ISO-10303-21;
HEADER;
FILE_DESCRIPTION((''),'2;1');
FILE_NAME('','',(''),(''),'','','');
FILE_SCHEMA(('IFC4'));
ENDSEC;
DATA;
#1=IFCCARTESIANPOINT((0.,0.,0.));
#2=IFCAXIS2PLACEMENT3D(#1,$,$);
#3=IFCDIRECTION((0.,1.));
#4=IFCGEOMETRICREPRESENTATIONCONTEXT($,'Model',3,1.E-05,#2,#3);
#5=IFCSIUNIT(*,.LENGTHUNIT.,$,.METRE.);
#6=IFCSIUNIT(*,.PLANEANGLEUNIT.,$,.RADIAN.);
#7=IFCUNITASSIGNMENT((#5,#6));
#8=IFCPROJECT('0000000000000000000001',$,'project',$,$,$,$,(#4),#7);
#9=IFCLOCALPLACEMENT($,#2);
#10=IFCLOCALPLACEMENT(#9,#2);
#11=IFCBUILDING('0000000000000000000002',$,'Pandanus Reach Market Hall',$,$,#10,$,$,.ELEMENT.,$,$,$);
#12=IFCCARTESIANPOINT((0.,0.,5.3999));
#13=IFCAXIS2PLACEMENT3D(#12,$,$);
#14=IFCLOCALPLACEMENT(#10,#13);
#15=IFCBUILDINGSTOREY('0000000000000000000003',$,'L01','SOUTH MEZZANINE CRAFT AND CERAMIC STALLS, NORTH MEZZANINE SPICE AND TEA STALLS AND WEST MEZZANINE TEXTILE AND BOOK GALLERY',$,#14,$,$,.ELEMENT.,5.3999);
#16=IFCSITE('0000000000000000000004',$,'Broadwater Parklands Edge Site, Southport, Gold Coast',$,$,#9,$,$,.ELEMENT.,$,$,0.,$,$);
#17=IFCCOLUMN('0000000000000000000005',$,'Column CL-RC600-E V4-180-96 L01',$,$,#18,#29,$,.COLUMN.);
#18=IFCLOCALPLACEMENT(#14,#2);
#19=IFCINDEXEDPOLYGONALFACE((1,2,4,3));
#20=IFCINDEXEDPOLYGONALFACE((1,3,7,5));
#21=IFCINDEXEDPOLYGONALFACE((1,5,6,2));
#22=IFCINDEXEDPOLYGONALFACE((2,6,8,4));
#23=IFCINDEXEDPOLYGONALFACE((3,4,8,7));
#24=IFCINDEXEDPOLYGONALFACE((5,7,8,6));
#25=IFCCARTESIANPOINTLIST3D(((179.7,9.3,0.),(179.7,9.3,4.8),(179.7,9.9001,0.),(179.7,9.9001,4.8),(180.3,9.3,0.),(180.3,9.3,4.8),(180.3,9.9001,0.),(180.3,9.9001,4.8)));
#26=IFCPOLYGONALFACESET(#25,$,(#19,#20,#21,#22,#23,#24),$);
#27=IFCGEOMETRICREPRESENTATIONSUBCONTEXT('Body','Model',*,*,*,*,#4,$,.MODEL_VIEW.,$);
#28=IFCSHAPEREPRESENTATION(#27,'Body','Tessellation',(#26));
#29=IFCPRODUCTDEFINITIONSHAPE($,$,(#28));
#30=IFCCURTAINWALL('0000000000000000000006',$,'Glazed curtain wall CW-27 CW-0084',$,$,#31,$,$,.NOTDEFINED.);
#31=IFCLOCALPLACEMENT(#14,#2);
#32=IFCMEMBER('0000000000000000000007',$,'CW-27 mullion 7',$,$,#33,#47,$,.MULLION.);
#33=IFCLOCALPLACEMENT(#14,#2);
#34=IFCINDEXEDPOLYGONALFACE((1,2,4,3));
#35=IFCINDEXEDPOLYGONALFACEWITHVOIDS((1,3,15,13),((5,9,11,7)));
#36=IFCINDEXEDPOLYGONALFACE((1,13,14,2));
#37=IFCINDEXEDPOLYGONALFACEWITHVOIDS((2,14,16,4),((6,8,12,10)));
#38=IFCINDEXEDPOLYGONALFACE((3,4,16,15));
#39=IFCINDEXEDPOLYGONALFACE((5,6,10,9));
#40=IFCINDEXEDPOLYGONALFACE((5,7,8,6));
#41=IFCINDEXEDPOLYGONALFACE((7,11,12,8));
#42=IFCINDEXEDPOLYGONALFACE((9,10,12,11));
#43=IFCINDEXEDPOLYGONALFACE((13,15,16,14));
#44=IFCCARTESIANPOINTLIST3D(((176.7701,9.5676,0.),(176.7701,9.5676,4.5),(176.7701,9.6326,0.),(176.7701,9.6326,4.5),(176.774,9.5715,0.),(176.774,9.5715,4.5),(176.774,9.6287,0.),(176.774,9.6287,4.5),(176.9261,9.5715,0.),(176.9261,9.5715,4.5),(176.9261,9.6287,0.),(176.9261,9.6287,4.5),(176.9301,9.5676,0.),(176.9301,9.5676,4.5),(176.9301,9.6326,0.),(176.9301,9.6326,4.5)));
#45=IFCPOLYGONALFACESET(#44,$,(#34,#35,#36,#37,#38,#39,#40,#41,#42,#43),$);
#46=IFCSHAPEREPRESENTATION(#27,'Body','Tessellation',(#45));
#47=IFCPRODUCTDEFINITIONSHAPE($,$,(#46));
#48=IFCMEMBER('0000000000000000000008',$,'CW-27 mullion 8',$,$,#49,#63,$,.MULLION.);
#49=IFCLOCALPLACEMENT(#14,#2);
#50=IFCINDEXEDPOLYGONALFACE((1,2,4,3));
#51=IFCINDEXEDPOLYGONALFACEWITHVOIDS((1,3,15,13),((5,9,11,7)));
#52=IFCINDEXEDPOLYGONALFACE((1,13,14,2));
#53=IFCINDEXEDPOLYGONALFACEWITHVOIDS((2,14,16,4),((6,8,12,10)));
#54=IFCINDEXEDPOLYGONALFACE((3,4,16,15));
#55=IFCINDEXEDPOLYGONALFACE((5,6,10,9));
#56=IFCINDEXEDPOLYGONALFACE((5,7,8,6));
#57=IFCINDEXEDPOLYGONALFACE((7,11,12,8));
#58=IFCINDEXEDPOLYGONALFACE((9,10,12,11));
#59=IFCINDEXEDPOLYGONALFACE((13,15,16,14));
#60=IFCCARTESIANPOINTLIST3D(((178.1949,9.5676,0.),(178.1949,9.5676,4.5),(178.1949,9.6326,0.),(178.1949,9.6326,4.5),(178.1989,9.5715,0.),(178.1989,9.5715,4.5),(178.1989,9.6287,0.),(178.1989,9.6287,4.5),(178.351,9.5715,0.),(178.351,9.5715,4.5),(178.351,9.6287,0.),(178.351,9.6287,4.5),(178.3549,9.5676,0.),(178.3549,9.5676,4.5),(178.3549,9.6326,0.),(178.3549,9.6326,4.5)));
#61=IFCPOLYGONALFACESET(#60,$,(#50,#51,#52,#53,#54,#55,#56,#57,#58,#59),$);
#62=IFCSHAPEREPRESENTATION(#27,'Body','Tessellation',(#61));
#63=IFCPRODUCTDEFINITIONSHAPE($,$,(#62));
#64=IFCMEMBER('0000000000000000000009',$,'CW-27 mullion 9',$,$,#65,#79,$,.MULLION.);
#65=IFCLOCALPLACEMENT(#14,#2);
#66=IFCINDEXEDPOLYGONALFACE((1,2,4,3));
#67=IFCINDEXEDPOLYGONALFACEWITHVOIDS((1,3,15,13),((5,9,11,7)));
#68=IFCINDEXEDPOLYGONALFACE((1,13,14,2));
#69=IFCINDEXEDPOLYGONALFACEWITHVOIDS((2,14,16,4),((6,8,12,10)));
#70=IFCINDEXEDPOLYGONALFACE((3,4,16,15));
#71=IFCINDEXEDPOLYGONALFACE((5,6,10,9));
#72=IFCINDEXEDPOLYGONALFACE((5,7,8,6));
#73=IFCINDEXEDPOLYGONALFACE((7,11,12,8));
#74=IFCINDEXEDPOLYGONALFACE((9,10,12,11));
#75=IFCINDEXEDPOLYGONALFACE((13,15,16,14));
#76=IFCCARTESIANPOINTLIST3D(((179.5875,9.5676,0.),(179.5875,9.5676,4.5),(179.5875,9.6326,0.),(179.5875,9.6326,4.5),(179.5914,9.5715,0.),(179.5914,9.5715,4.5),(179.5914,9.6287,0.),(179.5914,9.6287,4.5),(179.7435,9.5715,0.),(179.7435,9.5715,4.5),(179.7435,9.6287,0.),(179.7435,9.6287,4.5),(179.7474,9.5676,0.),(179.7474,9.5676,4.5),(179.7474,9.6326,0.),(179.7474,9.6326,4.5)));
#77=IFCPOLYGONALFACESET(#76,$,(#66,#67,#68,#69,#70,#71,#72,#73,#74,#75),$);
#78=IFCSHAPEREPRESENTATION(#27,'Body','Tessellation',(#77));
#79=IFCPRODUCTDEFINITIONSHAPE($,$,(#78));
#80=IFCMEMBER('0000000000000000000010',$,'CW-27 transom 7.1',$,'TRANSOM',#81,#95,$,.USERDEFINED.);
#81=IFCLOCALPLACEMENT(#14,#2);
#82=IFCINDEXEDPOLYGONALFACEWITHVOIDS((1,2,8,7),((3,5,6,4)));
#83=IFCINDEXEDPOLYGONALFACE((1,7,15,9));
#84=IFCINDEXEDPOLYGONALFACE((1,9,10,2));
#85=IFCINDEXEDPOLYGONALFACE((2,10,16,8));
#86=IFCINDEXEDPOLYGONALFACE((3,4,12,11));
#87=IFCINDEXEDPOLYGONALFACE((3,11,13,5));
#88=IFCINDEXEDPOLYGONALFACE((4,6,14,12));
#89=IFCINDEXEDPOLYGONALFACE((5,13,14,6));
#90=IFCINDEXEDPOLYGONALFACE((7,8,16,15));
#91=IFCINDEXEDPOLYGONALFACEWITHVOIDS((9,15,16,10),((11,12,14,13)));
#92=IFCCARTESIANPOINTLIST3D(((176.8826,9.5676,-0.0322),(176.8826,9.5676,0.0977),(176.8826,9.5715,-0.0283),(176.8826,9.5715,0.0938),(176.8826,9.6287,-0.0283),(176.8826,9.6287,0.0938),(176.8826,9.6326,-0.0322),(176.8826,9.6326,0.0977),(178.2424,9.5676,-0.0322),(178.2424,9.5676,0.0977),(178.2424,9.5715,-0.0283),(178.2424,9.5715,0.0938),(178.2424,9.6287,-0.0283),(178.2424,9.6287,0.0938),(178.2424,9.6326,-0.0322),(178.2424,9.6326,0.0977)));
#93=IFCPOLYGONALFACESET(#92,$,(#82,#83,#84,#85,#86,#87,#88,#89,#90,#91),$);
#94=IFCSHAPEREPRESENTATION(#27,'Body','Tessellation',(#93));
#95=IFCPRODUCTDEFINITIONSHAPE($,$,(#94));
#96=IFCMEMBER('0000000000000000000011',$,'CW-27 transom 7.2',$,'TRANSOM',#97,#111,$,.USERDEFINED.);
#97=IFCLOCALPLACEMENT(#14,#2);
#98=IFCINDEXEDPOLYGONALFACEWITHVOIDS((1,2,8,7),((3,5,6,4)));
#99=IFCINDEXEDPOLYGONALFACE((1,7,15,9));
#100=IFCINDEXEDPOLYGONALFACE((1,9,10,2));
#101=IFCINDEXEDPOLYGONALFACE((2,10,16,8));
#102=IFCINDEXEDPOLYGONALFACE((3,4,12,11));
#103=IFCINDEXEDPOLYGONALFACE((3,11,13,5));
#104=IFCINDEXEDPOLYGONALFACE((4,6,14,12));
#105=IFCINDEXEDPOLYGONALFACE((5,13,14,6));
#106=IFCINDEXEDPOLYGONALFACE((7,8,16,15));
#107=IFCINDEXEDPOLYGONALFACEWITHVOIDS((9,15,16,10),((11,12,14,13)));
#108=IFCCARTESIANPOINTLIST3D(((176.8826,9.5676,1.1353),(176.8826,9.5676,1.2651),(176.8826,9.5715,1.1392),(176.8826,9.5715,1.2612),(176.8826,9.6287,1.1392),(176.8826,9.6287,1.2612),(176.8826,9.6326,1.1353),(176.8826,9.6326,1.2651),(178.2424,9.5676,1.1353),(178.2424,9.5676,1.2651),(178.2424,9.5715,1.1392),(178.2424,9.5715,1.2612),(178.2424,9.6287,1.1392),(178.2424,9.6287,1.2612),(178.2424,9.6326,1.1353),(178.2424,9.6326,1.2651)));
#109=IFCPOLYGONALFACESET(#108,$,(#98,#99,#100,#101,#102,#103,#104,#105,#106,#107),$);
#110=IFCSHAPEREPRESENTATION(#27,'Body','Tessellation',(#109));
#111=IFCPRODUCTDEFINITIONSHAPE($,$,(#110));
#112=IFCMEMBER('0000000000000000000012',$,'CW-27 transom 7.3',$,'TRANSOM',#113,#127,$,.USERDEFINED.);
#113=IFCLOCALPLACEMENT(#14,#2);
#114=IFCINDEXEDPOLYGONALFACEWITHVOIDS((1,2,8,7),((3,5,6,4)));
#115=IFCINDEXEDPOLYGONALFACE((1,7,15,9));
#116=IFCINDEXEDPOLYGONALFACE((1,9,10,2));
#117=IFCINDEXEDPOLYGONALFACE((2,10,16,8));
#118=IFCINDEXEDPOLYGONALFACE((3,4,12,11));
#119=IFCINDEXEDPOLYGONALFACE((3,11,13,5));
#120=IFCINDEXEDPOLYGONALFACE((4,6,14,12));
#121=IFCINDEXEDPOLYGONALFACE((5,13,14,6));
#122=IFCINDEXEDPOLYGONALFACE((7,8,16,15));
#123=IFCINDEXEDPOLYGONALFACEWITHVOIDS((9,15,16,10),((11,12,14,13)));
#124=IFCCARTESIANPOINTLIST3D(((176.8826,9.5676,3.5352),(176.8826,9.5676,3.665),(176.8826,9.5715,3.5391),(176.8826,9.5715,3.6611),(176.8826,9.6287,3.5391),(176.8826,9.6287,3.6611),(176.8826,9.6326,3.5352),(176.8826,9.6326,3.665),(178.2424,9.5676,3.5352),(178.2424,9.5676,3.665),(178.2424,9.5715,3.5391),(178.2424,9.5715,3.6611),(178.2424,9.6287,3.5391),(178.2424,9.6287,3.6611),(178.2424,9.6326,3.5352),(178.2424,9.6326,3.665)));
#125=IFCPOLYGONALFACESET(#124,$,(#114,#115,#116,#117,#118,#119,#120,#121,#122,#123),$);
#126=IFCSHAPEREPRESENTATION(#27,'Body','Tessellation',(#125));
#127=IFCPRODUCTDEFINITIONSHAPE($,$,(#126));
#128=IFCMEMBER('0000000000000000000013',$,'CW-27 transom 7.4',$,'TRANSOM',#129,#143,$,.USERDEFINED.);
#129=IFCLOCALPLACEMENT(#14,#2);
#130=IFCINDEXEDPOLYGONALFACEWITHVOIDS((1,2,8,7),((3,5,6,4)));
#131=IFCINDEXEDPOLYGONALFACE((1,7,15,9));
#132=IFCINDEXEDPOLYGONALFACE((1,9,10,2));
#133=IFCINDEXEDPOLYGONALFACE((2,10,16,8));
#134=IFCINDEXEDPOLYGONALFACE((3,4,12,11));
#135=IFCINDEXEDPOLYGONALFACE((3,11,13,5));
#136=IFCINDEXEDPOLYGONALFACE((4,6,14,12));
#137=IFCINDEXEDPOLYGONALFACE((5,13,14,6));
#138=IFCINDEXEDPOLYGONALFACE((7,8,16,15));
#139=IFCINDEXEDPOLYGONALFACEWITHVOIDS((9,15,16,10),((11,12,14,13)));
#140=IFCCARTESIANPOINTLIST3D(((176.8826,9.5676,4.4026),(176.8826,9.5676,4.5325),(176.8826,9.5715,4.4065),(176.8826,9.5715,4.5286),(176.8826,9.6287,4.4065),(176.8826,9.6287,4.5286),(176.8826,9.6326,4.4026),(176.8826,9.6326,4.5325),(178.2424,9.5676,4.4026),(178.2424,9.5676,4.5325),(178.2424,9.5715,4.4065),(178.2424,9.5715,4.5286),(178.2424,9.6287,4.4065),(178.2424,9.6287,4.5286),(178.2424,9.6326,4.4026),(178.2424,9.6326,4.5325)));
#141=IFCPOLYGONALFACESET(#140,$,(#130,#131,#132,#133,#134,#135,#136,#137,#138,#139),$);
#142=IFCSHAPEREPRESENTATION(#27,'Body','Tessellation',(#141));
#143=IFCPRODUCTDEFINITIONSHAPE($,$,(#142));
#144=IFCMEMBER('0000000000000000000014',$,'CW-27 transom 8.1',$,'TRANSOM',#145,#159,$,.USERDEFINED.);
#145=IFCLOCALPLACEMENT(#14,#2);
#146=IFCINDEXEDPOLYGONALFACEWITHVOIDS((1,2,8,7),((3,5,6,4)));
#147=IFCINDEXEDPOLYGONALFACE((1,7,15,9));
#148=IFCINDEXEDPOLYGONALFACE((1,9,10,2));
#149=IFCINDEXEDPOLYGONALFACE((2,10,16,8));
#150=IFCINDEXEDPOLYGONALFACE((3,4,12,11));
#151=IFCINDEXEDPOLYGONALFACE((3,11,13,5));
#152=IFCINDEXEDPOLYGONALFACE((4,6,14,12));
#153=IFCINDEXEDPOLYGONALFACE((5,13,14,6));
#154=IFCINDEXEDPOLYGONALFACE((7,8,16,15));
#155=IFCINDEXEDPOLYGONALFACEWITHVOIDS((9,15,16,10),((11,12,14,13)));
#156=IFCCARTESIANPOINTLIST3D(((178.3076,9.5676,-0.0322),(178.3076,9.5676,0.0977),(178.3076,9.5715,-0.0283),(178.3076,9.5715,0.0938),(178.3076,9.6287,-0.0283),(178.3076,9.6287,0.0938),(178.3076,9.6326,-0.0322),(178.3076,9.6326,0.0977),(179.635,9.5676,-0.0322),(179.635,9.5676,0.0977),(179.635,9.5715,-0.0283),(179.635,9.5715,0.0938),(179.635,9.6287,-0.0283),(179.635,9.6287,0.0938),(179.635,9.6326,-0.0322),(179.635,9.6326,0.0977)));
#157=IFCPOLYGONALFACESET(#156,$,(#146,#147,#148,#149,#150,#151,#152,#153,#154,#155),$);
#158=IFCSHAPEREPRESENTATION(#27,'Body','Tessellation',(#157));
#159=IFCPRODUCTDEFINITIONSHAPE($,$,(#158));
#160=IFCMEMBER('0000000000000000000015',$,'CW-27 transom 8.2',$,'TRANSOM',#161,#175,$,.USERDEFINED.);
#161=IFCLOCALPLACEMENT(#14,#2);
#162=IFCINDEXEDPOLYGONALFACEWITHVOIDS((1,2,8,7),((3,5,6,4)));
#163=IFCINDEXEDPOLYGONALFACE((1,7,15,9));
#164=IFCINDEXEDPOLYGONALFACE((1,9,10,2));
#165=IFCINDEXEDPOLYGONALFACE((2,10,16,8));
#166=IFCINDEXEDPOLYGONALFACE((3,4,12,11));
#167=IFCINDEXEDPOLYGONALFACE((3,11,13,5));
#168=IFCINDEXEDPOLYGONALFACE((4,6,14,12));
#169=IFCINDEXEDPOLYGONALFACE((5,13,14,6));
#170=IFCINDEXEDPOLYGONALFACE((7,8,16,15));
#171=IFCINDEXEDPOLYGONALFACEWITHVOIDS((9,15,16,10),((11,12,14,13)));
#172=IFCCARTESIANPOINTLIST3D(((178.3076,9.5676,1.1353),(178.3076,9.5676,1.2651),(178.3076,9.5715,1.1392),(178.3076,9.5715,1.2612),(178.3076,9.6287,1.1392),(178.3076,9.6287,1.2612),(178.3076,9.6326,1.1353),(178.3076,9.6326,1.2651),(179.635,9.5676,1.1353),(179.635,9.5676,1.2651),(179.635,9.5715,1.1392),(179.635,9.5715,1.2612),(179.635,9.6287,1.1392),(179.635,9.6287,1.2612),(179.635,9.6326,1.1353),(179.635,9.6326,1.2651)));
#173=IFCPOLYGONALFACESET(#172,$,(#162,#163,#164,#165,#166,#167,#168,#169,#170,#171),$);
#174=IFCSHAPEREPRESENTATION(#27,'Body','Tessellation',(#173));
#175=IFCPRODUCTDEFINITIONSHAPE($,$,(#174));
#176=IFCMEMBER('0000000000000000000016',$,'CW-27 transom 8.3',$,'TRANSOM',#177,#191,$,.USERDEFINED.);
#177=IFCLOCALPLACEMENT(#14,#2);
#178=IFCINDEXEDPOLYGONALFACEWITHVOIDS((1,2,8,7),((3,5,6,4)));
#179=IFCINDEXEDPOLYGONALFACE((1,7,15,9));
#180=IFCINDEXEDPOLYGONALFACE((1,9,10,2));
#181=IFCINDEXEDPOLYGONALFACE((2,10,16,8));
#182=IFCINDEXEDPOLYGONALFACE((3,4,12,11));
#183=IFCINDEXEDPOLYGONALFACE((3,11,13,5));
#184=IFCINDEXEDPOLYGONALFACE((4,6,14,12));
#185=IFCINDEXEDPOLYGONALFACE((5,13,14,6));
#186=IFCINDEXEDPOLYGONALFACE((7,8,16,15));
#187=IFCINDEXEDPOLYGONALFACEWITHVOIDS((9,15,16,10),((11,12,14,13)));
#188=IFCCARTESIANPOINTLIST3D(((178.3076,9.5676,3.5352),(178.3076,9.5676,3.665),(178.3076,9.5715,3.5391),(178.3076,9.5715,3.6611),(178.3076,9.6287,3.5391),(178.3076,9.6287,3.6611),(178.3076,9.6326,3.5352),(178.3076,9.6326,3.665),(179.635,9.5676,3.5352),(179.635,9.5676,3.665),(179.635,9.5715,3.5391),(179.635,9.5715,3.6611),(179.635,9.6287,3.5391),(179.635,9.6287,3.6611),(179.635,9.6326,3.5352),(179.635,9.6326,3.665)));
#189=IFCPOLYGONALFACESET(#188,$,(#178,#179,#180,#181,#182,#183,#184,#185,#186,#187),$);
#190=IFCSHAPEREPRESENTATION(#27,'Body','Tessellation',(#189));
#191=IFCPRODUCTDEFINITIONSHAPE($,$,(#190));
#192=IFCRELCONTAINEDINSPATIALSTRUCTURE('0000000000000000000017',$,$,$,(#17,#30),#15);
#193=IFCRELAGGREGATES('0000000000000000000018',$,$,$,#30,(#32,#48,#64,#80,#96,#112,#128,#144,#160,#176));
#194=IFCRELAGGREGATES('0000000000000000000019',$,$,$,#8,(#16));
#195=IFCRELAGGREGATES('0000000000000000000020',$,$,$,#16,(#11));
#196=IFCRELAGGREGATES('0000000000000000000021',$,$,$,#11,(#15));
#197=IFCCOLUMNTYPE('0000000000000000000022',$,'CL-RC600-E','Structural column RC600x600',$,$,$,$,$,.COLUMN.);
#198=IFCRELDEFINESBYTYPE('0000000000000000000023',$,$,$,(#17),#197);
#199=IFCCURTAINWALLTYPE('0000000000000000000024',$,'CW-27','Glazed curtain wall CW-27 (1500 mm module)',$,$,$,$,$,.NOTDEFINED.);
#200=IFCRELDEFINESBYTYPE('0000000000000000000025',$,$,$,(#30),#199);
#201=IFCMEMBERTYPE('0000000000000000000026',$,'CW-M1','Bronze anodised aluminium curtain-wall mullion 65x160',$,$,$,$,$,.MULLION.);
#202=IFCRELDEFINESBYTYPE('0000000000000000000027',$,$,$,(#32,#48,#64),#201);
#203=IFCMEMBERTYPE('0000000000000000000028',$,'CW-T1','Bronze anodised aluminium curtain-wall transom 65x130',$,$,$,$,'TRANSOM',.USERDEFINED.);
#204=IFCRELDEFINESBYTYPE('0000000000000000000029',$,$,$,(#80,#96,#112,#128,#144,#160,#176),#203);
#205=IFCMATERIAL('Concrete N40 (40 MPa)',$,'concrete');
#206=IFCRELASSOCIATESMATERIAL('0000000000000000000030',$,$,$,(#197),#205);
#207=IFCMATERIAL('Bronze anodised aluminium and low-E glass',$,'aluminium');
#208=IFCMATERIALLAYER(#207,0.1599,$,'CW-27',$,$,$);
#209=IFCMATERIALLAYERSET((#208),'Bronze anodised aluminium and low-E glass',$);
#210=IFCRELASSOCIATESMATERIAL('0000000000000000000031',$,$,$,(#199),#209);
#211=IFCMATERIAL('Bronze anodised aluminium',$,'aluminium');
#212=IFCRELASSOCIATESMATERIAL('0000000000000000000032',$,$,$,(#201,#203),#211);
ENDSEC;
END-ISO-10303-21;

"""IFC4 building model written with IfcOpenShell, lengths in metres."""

from ifc_helpers import new_model, si_unit, direction, frame, origin, origin_2d, place, context, subcontext, project, spatial, rectangle, hollow_rectangle, extrude, material, layer, layer_set, material_profile, profile_set, type_object, element, aggregate, save


model = new_model("IFC4")

# Units and contexts
model_context = context("Model", 3, precision=1e-05, world=origin(), true_north=direction((0.0, 1.0)))
body_context = subcontext(model_context, "Body", "Model", "MODEL_VIEW")
ifc_project = project(units=[si_unit("LENGTHUNIT", "METRE"), si_unit("PLANEANGLEUNIT", "RADIAN")], contexts=[model_context])

# Site, building, storey
site_placement = place(None, origin())
site = spatial("IfcSite", under=ifc_project, at=site_placement, Name="Broadwater Parklands Edge Site, Southport, Gold Coast", CompositionType="ELEMENT", RefElevation=0.0)
building_placement = place(site_placement, origin())
building = spatial("IfcBuilding", under=site, at=building_placement, Name="Pandanus Reach Market Hall", CompositionType="ELEMENT")
storey_placement = place(building_placement, frame((0.0, 0.0, 5.3999)))
storey = spatial("IfcBuildingStorey", under=building, at=storey_placement, Name="L01", Description="SOUTH MEZZANINE CRAFT AND CERAMIC STALLS, NORTH MEZZANINE SPICE AND TEA STALLS AND WEST MEZZANINE TEXTILE AND BOOK GALLERY", CompositionType="ELEMENT", Elevation=5.3999)

# Column
ifc_material_1 = material(Name="Concrete N40 (40 MPa)", Category="concrete")
ifc_material_profile_1 = material_profile(ifc_material_1, rectangle(XDim=0.6001, YDim=0.6001, at=origin_2d()), Name="RC600x600", Category="LoadBearing")
ifc_profile_set_1 = profile_set([ifc_material_profile_1], Name="Concrete N40 (40 MPa)")
column_type = type_object("IfcColumnType", Name="CL-RC600-E", Description="Structural column RC600x600", PredefinedType="COLUMN", material=ifc_profile_set_1)
column_placement = place(storey_placement, frame((180.0, 9.6001, 0.0), z_axis=(0.0, 0.0, 1.0), x_axis=(1.0, 0.0, 0.0)))
element("IfcColumn", 1, at=column_placement, inside=storey, type_object=column_type, Name="Column CL-RC600-E V4-180-96 L01", PredefinedType="COLUMN", context=body_context, shape_type="SweptSolid", body=[
    extrude(rectangle(XDim=0.6001, YDim=0.6001, at=origin_2d()), origin(), (0.0, 0.0, 1.0), 4.8),
])

# Curtain wall, members
ifc_material_2 = material(Name="Bronze anodised aluminium and low-E glass", Category="aluminium")
ifc_layer_1 = layer(ifc_material_2, 0.1599, Name="CW-27")
ifc_layer_set_1 = layer_set([ifc_layer_1], Name="Bronze anodised aluminium and low-E glass")
curtain_wall_type = type_object("IfcCurtainWallType", Name="CW-27", Description="Glazed curtain wall CW-27 (1500 mm module)", PredefinedType="NOTDEFINED", material=ifc_layer_set_1)
curtain_wall_placement = place(storey_placement, origin())
curtain_wall = element("IfcCurtainWall", 2, at=curtain_wall_placement, inside=storey, type_object=curtain_wall_type, Name="Glazed curtain wall CW-27 CW-0084", PredefinedType="NOTDEFINED")
ifc_material_3 = material(Name="Bronze anodised aluminium", Category="aluminium")
ifc_material_profile_2 = material_profile(ifc_material_3, hollow_rectangle(XDim=0.0649, YDim=0.1599, WallThickness=0.0039, at=origin_2d()), Name="ALU65x160", Category="LoadBearing")
ifc_profile_set_2 = profile_set([ifc_material_profile_2], Name="Bronze anodised aluminium")
member_type_1 = type_object("IfcMemberType", Name="CW-M1", Description="Bronze anodised aluminium curtain-wall mullion 65x160", PredefinedType="MULLION", material=ifc_profile_set_2)
member_1_placement = place(storey_placement, frame((176.8501, 9.6001, 0.0), z_axis=(0.0, 0.0, 1.0), x_axis=(0.0, 1.0, 0.0)))
member_1 = element("IfcMember", 3, at=member_1_placement, type_object=member_type_1, Name="CW-27 mullion 7", PredefinedType="MULLION", context=body_context, shape_type="SweptSolid", body=[
    extrude(hollow_rectangle(XDim=0.0649, YDim=0.1599, WallThickness=0.0039, at=origin_2d()), origin(), (0.0, 0.0, 1.0), 4.5),
])
member_2_placement = place(storey_placement, frame((178.2749, 9.6001, 0.0), z_axis=(0.0, 0.0, 1.0), x_axis=(0.0, 1.0, 0.0)))
member_2 = element("IfcMember", 4, at=member_2_placement, type_object=member_type_1, Name="CW-27 mullion 8", PredefinedType="MULLION", context=body_context, shape_type="SweptSolid", body=[
    extrude(hollow_rectangle(XDim=0.0649, YDim=0.1599, WallThickness=0.0039, at=origin_2d()), origin(), (0.0, 0.0, 1.0), 4.5),
])
member_3_placement = place(storey_placement, frame((179.6675, 9.6001, 0.0), z_axis=(0.0, 0.0, 1.0), x_axis=(0.0, 1.0, 0.0)))
member_3 = element("IfcMember", 5, at=member_3_placement, type_object=member_type_1, Name="CW-27 mullion 9", PredefinedType="MULLION", context=body_context, shape_type="SweptSolid", body=[
    extrude(hollow_rectangle(XDim=0.0649, YDim=0.1599, WallThickness=0.0039, at=origin_2d()), origin(), (0.0, 0.0, 1.0), 4.5),
])
ifc_material_profile_3 = material_profile(ifc_material_3, hollow_rectangle(XDim=0.0649, YDim=0.1299, WallThickness=0.0039, at=origin_2d()), Name="ALU65x130", Category="LoadBearing")
ifc_profile_set_3 = profile_set([ifc_material_profile_3], Name="Bronze anodised aluminium")
member_type_2 = type_object("IfcMemberType", Name="CW-T1", Description="Bronze anodised aluminium curtain-wall transom 65x130", ElementType="TRANSOM", PredefinedType="USERDEFINED", material=ifc_profile_set_3)
member_4_placement = place(storey_placement, frame((176.8826, 9.6001, 0.0327), z_axis=(1.0, 0.0, 0.0), x_axis=(0.0, 1.0, 0.0)))
member_4 = element("IfcMember", 6, at=member_4_placement, type_object=member_type_2, Name="CW-27 transom 7.1", ObjectType="TRANSOM", PredefinedType="USERDEFINED", context=body_context, shape_type="SweptSolid", body=[
    extrude(hollow_rectangle(XDim=0.0649, YDim=0.1299, WallThickness=0.0039, at=origin_2d()), origin(), (0.0, 0.0, 1.0), 1.3599),
])
member_5_placement = place(storey_placement, frame((176.8826, 9.6001, 1.2002), z_axis=(1.0, 0.0, 0.0), x_axis=(0.0, 1.0, 0.0)))
member_5 = element("IfcMember", 7, at=member_5_placement, type_object=member_type_2, Name="CW-27 transom 7.2", ObjectType="TRANSOM", PredefinedType="USERDEFINED", context=body_context, shape_type="SweptSolid", body=[
    extrude(hollow_rectangle(XDim=0.0649, YDim=0.1299, WallThickness=0.0039, at=origin_2d()), origin(), (0.0, 0.0, 1.0), 1.3599),
])
member_6_placement = place(storey_placement, frame((176.8826, 9.6001, 3.6001), z_axis=(1.0, 0.0, 0.0), x_axis=(0.0, 1.0, 0.0)))
member_6 = element("IfcMember", 8, at=member_6_placement, type_object=member_type_2, Name="CW-27 transom 7.3", ObjectType="TRANSOM", PredefinedType="USERDEFINED", context=body_context, shape_type="SweptSolid", body=[
    extrude(hollow_rectangle(XDim=0.0649, YDim=0.1299, WallThickness=0.0039, at=origin_2d()), origin(), (0.0, 0.0, 1.0), 1.3599),
])
member_7_placement = place(storey_placement, frame((176.8826, 9.6001, 4.4675), z_axis=(1.0, 0.0, 0.0), x_axis=(0.0, 1.0, 0.0)))
member_7 = element("IfcMember", 9, at=member_7_placement, type_object=member_type_2, Name="CW-27 transom 7.4", ObjectType="TRANSOM", PredefinedType="USERDEFINED", context=body_context, shape_type="SweptSolid", body=[
    extrude(hollow_rectangle(XDim=0.0649, YDim=0.1299, WallThickness=0.0039, at=origin_2d()), origin(), (0.0, 0.0, 1.0), 1.3599),
])
member_8_placement = place(storey_placement, frame((178.3076, 9.6001, 0.0327), z_axis=(1.0, 0.0, 0.0), x_axis=(0.0, 1.0, 0.0)))
member_8 = element("IfcMember", 10, at=member_8_placement, type_object=member_type_2, Name="CW-27 transom 8.1", ObjectType="TRANSOM", PredefinedType="USERDEFINED", context=body_context, shape_type="SweptSolid", body=[
    extrude(hollow_rectangle(XDim=0.0649, YDim=0.1299, WallThickness=0.0039, at=origin_2d()), origin(), (0.0, 0.0, 1.0), 1.3274),
])
member_9_placement = place(storey_placement, frame((178.3076, 9.6001, 1.2002), z_axis=(1.0, 0.0, 0.0), x_axis=(0.0, 1.0, 0.0)))
member_9 = element("IfcMember", 11, at=member_9_placement, type_object=member_type_2, Name="CW-27 transom 8.2", ObjectType="TRANSOM", PredefinedType="USERDEFINED", context=body_context, shape_type="SweptSolid", body=[
    extrude(hollow_rectangle(XDim=0.0649, YDim=0.1299, WallThickness=0.0039, at=origin_2d()), origin(), (0.0, 0.0, 1.0), 1.3274),
])
member_10_placement = place(storey_placement, frame((178.3076, 9.6001, 3.6001), z_axis=(1.0, 0.0, 0.0), x_axis=(0.0, 1.0, 0.0)))
member_10 = element("IfcMember", 12, at=member_10_placement, type_object=member_type_2, Name="CW-27 transom 8.3", ObjectType="TRANSOM", PredefinedType="USERDEFINED", context=body_context, shape_type="SweptSolid", body=[
    extrude(hollow_rectangle(XDim=0.0649, YDim=0.1299, WallThickness=0.0039, at=origin_2d()), origin(), (0.0, 0.0, 1.0), 1.3274),
])

aggregate(curtain_wall, [member_1, member_2, member_3, member_4, member_5, member_6, member_7, member_8, member_9, member_10])

save(model, "model.ifc")
